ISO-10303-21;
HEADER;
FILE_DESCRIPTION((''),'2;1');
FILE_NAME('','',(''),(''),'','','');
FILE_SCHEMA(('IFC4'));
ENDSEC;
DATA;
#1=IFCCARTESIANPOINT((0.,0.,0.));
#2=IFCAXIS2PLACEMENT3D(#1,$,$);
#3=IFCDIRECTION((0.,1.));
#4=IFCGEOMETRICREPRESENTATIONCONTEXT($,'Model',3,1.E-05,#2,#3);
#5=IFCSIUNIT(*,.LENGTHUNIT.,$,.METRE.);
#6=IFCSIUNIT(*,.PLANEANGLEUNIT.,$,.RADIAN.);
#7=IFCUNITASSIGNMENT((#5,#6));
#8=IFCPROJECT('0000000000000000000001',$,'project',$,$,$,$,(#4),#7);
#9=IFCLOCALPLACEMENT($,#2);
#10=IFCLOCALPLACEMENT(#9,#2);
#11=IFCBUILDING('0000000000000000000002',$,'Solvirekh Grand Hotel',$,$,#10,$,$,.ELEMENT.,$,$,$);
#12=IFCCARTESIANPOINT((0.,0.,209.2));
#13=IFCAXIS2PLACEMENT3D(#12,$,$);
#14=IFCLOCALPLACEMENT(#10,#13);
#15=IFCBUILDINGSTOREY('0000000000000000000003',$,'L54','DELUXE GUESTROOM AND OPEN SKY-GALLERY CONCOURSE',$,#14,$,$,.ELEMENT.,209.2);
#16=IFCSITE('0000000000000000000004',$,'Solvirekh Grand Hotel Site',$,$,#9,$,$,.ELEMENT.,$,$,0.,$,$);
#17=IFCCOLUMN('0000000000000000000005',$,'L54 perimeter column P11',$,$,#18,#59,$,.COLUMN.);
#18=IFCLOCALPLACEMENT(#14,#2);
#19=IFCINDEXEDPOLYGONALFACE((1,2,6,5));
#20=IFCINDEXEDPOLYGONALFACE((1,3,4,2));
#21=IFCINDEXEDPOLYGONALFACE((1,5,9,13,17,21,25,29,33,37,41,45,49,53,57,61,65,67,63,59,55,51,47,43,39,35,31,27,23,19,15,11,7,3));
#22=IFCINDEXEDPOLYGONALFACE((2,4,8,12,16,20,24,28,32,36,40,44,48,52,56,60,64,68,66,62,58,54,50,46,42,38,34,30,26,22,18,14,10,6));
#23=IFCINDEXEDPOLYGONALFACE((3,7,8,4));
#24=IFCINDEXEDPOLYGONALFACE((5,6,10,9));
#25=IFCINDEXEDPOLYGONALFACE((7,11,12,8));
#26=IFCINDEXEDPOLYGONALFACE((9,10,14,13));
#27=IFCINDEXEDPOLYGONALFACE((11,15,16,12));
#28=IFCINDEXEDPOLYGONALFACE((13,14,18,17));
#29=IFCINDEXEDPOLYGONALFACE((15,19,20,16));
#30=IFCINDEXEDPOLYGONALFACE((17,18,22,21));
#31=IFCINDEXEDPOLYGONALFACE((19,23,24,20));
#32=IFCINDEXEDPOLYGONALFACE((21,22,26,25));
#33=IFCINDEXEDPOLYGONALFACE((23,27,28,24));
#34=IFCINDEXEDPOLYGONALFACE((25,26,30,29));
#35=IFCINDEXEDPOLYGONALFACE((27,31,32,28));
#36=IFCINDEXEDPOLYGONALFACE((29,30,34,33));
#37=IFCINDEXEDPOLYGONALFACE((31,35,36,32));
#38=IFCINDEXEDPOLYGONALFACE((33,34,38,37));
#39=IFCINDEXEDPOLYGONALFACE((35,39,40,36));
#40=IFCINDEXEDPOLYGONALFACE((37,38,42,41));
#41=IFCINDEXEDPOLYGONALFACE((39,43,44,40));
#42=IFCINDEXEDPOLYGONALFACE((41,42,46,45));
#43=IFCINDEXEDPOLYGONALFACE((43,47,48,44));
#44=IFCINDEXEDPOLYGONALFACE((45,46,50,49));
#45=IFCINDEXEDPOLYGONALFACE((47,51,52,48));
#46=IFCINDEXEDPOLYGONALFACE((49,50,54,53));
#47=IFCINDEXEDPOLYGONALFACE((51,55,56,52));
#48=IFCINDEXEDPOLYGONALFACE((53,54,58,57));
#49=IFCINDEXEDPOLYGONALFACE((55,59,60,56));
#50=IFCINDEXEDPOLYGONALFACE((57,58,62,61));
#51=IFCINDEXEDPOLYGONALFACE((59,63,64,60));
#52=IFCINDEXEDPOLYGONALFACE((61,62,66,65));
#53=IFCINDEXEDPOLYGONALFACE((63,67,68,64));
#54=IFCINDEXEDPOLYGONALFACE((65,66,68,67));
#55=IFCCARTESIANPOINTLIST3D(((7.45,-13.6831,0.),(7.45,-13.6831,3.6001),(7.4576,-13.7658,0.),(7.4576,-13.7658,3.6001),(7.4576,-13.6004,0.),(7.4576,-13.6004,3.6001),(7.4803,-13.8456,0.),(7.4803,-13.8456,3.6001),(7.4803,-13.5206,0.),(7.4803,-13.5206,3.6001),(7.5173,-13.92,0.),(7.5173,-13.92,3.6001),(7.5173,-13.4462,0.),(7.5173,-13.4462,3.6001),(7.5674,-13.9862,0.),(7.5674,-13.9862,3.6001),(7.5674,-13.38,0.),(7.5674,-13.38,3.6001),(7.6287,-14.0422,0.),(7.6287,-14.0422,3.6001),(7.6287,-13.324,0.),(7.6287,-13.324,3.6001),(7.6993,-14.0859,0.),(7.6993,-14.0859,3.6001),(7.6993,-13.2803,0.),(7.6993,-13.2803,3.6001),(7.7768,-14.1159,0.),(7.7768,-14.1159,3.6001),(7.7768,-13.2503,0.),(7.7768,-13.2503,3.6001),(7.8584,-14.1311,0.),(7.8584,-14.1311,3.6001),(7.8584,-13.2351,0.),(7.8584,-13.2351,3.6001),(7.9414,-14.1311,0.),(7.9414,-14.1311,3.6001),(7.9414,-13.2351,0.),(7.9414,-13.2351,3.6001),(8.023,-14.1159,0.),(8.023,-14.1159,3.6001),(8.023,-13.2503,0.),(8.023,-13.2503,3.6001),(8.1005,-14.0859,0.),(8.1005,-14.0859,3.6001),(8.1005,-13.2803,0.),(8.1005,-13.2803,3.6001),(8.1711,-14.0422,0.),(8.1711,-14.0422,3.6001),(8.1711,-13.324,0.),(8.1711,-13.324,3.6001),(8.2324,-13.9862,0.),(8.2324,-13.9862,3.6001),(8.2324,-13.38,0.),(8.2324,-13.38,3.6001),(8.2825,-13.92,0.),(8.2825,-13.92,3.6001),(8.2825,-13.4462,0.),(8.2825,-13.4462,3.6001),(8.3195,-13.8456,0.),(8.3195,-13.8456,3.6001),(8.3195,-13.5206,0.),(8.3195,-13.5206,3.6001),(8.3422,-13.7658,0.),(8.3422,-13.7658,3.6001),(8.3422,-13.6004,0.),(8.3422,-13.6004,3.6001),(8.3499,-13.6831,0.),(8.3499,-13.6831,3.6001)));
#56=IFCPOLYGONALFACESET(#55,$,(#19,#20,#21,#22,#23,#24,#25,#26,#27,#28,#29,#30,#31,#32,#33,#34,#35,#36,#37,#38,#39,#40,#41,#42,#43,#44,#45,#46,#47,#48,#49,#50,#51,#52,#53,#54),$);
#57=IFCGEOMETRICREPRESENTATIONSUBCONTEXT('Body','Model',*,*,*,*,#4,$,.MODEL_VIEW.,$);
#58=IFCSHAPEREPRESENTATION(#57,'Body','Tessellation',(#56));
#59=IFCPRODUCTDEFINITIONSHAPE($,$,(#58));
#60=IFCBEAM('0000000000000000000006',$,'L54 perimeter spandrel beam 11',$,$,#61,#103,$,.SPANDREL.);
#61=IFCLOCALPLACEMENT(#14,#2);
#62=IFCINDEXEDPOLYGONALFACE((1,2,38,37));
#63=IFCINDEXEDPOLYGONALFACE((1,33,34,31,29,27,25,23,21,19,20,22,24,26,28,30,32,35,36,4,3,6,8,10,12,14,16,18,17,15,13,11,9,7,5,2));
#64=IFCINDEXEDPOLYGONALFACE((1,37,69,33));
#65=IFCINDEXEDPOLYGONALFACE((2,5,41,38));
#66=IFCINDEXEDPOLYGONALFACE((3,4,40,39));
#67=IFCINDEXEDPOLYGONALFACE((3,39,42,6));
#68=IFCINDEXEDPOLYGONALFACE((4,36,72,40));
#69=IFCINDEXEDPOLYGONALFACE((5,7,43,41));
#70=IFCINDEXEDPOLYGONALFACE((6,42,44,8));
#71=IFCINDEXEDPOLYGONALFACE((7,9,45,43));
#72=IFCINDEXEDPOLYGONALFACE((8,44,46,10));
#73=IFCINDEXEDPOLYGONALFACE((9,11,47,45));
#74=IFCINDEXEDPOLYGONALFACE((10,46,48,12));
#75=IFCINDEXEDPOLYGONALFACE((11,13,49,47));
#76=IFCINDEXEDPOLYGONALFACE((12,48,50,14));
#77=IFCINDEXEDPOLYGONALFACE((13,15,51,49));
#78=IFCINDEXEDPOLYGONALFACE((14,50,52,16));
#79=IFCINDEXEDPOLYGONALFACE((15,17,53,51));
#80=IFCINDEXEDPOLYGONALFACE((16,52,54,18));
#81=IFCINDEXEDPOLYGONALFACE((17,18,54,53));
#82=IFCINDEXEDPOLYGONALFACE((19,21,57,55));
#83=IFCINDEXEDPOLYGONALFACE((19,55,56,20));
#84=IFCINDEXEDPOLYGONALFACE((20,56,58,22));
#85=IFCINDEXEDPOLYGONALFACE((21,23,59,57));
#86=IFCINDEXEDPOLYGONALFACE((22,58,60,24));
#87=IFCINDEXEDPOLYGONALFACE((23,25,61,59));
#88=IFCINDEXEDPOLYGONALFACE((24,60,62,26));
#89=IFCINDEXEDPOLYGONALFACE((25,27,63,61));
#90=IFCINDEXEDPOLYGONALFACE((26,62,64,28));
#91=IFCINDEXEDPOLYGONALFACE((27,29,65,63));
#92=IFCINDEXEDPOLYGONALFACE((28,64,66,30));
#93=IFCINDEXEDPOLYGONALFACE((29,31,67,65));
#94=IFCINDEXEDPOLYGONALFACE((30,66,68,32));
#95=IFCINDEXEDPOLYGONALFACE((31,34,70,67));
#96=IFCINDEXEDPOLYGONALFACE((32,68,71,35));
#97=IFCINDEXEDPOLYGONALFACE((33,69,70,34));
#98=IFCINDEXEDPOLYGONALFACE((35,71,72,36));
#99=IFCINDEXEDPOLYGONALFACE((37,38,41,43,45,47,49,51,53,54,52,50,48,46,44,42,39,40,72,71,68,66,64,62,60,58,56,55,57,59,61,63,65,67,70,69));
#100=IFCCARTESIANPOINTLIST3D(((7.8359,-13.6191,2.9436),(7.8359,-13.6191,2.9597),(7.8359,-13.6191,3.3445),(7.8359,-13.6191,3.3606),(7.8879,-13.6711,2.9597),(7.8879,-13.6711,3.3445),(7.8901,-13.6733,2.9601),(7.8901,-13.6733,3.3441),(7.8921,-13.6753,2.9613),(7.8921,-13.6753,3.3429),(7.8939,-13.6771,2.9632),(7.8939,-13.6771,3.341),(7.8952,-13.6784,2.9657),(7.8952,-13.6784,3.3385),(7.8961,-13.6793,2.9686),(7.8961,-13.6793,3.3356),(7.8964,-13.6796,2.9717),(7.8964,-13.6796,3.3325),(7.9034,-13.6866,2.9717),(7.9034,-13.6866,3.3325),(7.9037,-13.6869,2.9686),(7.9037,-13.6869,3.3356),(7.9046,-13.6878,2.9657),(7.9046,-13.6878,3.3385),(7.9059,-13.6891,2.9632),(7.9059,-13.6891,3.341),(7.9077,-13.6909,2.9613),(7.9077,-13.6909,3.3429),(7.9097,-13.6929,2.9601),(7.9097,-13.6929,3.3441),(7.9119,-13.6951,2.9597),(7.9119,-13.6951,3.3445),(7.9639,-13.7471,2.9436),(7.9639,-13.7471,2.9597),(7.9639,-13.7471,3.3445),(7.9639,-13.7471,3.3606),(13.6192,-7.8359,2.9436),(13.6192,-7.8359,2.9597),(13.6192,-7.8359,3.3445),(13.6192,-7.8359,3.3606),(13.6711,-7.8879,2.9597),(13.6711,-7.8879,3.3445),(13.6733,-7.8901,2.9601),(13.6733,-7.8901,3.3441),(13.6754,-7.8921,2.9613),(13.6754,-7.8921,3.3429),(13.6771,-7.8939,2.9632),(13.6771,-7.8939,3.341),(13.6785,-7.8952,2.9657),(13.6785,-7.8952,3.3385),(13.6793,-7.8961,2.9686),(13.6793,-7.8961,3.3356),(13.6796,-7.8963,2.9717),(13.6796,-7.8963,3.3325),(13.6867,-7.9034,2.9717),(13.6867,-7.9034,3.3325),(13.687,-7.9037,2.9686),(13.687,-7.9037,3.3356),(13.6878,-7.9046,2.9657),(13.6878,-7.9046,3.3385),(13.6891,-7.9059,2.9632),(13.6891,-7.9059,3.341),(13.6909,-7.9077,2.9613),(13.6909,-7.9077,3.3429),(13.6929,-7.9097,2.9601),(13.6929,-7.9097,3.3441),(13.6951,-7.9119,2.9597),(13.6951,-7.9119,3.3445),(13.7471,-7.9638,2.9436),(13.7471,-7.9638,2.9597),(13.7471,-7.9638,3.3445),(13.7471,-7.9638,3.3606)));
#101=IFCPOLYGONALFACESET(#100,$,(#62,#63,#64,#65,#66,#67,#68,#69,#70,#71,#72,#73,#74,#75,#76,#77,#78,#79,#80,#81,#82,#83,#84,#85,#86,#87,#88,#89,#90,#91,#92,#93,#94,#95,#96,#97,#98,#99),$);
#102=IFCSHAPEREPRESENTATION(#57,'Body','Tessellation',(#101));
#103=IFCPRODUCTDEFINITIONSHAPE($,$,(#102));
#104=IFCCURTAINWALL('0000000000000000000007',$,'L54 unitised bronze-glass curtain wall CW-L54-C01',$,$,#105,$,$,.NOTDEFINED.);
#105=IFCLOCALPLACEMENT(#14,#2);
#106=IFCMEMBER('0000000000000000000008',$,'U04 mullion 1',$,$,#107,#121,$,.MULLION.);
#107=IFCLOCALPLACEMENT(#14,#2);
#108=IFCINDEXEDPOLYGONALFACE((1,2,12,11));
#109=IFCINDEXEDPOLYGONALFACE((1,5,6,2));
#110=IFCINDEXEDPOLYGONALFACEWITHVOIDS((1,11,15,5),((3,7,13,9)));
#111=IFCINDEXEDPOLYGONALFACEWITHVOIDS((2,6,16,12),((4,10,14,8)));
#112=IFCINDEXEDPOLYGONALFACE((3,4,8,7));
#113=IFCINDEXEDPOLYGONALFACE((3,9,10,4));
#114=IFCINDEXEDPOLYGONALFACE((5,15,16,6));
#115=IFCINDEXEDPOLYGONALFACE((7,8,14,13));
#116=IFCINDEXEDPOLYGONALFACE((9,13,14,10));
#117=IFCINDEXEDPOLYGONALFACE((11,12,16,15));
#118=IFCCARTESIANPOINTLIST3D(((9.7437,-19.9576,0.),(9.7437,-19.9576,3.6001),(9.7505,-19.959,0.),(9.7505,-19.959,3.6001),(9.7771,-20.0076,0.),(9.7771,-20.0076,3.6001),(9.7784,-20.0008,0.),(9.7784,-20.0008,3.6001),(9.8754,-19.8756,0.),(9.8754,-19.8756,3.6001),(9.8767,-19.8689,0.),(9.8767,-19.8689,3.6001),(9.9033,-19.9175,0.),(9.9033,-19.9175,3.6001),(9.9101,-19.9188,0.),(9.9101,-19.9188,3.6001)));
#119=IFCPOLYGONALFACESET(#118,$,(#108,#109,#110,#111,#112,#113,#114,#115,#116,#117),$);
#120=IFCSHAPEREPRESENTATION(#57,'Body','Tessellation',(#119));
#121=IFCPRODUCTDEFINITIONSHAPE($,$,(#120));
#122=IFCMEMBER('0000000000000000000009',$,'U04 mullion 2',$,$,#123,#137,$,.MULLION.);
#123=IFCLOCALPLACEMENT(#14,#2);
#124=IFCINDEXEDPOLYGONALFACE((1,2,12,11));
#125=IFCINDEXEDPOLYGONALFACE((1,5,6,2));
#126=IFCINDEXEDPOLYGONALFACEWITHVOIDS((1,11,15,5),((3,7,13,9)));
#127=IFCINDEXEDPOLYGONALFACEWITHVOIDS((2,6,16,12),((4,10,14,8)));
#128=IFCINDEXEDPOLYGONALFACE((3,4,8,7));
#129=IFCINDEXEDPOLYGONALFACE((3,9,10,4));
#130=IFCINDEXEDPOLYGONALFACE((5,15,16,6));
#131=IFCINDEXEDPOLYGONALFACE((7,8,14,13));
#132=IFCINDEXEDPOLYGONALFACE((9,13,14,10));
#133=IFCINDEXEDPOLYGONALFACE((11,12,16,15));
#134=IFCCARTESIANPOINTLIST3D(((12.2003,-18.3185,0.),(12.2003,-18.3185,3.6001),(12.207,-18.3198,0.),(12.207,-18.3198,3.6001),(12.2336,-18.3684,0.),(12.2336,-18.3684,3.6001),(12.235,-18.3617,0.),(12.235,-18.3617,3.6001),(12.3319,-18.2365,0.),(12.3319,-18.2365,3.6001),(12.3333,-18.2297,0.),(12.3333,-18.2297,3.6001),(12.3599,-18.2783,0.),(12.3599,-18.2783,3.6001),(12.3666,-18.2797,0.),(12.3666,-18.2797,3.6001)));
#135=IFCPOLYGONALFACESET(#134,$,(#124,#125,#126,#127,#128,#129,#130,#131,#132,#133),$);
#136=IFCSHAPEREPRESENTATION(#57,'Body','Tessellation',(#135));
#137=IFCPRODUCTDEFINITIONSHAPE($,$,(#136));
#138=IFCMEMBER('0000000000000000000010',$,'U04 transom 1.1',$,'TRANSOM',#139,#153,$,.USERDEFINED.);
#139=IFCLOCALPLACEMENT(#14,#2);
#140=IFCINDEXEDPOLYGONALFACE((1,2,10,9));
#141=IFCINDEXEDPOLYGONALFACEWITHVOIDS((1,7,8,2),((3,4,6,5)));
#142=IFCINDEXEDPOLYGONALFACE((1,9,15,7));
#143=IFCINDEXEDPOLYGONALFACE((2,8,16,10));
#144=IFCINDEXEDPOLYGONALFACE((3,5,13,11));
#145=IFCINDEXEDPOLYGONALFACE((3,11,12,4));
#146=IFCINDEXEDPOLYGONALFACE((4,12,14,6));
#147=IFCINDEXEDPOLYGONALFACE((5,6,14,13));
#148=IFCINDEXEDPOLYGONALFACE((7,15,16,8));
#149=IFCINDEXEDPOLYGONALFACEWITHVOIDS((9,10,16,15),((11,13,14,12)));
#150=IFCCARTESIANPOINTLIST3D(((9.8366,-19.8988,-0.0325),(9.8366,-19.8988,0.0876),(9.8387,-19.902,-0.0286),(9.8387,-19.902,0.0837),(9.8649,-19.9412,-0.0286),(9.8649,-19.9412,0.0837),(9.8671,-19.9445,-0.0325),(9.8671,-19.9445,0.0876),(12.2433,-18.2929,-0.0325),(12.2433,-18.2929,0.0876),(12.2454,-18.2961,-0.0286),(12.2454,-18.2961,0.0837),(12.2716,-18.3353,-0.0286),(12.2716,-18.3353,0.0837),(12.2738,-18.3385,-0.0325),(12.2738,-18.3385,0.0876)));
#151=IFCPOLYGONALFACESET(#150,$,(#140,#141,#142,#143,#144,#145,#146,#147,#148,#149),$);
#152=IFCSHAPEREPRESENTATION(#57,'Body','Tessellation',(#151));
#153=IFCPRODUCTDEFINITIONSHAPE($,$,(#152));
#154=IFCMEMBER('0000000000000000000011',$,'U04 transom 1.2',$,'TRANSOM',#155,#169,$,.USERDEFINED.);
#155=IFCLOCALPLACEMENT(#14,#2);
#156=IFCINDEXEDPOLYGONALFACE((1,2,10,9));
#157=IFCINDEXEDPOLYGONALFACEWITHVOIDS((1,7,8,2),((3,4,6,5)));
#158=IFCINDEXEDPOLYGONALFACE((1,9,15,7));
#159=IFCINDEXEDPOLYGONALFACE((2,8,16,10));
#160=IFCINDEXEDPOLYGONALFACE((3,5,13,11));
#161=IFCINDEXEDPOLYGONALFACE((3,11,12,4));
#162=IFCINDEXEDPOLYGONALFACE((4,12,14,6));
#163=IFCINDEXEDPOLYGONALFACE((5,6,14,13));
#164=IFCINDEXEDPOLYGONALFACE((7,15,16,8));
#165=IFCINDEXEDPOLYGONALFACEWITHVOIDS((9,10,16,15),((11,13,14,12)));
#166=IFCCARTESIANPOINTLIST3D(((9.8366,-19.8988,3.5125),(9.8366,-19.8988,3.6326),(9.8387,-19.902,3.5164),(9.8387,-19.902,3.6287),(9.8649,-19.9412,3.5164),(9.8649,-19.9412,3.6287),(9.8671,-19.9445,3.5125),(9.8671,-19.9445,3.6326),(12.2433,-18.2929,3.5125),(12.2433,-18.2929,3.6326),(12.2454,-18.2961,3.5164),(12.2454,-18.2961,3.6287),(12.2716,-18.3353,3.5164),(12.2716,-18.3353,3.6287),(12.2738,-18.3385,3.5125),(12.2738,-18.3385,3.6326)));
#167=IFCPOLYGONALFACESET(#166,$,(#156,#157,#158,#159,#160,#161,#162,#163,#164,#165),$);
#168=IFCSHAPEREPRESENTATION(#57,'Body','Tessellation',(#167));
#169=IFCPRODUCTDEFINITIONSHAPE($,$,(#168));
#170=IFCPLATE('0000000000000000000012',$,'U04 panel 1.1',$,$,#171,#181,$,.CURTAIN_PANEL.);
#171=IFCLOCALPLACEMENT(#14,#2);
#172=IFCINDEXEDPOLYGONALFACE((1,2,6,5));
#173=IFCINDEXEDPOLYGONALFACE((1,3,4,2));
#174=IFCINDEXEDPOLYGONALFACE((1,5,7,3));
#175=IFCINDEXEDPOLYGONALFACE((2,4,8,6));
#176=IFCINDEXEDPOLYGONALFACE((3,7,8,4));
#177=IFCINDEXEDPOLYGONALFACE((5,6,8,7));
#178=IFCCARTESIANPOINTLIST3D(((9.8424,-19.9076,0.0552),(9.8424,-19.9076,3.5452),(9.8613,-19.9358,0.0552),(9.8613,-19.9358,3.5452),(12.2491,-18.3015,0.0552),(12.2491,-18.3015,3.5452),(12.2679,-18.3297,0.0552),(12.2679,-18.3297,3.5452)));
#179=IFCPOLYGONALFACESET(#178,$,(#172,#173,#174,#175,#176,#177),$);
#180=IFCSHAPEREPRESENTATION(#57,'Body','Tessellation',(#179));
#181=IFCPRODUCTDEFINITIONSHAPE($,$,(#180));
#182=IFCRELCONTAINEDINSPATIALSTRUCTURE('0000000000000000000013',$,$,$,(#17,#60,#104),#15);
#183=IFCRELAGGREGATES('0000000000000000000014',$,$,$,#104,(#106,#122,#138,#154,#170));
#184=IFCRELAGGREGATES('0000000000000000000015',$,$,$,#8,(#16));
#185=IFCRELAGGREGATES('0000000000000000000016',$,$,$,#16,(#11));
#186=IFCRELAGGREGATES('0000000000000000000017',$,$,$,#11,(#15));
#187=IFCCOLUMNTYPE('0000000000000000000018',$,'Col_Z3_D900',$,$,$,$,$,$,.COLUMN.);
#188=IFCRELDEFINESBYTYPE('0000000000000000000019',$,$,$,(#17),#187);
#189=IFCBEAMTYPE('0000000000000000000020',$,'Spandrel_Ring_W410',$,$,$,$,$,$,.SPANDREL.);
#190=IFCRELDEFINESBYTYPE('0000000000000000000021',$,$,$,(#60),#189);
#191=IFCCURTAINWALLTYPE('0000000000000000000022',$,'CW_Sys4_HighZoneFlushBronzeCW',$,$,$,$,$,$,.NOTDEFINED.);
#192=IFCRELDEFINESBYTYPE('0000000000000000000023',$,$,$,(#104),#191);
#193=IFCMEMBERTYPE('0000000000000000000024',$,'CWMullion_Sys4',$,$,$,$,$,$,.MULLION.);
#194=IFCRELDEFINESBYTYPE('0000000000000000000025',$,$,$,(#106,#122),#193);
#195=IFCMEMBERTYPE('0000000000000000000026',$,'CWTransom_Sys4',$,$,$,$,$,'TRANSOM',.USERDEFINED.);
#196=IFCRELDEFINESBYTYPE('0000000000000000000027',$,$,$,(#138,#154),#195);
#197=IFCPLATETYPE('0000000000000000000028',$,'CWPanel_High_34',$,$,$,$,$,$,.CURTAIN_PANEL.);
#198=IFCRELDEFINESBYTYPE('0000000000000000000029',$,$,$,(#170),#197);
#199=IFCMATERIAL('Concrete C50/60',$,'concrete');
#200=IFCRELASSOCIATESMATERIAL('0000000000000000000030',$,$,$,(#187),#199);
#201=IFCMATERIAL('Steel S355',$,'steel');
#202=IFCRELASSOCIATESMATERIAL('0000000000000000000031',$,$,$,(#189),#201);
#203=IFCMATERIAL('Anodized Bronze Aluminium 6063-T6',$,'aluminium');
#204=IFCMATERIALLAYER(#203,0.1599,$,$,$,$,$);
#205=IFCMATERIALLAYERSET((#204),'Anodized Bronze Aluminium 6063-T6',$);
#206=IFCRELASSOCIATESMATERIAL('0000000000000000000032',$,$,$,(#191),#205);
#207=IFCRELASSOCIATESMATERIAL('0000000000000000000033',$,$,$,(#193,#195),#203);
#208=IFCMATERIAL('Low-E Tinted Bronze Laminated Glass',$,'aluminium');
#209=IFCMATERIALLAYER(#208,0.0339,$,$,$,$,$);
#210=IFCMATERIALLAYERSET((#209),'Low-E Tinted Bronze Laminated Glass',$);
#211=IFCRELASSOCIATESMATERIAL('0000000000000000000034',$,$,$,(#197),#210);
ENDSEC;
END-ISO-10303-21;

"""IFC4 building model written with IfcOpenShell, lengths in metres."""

from ifc_helpers import new_model, si_unit, direction, frame, origin, origin_2d, place, context, subcontext, project, spatial, rectangle, hollow_rectangle, circle, i_section, extrude, source, transform, mapped, material, layer, layer_set, material_profile, profile_set, type_object, element, aggregate, save


model = new_model("IFC4")

# Units and contexts
model_context = context("Model", 3, precision=1e-05, world=origin(), true_north=direction((0.0, 1.0)))
body_context = subcontext(model_context, "Body", "Model", "MODEL_VIEW")
ifc_project = project(units=[si_unit("LENGTHUNIT", "METRE"), si_unit("PLANEANGLEUNIT", "RADIAN")], contexts=[model_context])

# Site, building, storey
site_placement = place(None, origin())
site = spatial("IfcSite", under=ifc_project, at=site_placement, Name="Solvirekh Grand Hotel Site", CompositionType="ELEMENT", RefElevation=0.0)
building_placement = place(site_placement, origin())
building = spatial("IfcBuilding", under=site, at=building_placement, Name="Solvirekh Grand Hotel", CompositionType="ELEMENT")
storey_placement = place(building_placement, frame((0.0, 0.0, 209.2)))
storey = spatial("IfcBuildingStorey", under=building, at=storey_placement, Name="L54", Description="DELUXE GUESTROOM AND OPEN SKY-GALLERY CONCOURSE", CompositionType="ELEMENT", Elevation=209.2)

# Column
ifc_material_1 = material(Name="Concrete C50/60", Category="concrete")
ifc_material_profile_1 = material_profile(ifc_material_1, circle(Radius=0.45, at=origin_2d()), Name="RC CIRC D900")
ifc_profile_set_1 = profile_set([ifc_material_profile_1], Name="Concrete C50/60")
column_type = type_object("IfcColumnType", Name="Col_Z3_D900", PredefinedType="COLUMN", material=ifc_profile_set_1)
column_placement = place(storey_placement, frame((7.8999, -13.6831, 0.0), z_axis=(0.0, 0.0, 1.0), x_axis=(1.0, 0.0, 0.0)))
element("IfcColumn", 1, at=column_placement, inside=storey, type_object=column_type, Name="L54 perimeter column P11", PredefinedType="COLUMN", context=body_context, shape_type="SweptSolid", body=[
    extrude(circle(Radius=0.45, at=origin_2d()), origin(), (0.0, 0.0, 1.0), 3.6001),
])

# Beam
ifc_material_2 = material(Name="Steel S355", Category="steel")
ifc_material_profile_2 = material_profile(ifc_material_2, i_section(OverallWidth=0.1809, OverallDepth=0.417, WebThickness=0.01, FlangeThickness=0.0161, FilletRadius=0.012, at=origin_2d()), Name="W410X85")
ifc_profile_set_2 = profile_set([ifc_material_profile_2], Name="Steel S355")
beam_type = type_object("IfcBeamType", Name="Spandrel_Ring_W410", PredefinedType="SPANDREL", material=ifc_profile_set_2)
beam_placement = place(storey_placement, frame((7.8999, -13.6831, 3.1521), z_axis=(0.707107, 0.707107, 0.0), x_axis=(-0.707107, 0.707107, 0.0)))
element("IfcBeam", 2, at=beam_placement, inside=storey, type_object=beam_type, Name="L54 perimeter spandrel beam 11", PredefinedType="SPANDREL", context=body_context, shape_type="SweptSolid", body=[
    extrude(i_section(OverallWidth=0.1809, OverallDepth=0.417, WebThickness=0.01, FlangeThickness=0.0161, FilletRadius=0.012, at=origin_2d()), origin(), (0.0, 0.0, 1.0), 8.1787),
])

# Curtain wall, members, plate
ifc_material_3 = material(Name="Anodized Bronze Aluminium 6063-T6", Category="aluminium")
ifc_layer_1 = layer(ifc_material_3, 0.1599)
ifc_layer_set_1 = layer_set([ifc_layer_1], Name="Anodized Bronze Aluminium 6063-T6")
curtain_wall_type = type_object("IfcCurtainWallType", Name="CW_Sys4_HighZoneFlushBronzeCW", PredefinedType="NOTDEFINED", material=ifc_layer_set_1)
curtain_wall_placement = place(storey_placement, origin())
curtain_wall = element("IfcCurtainWall", 3, at=curtain_wall_placement, inside=storey, type_object=curtain_wall_type, Name="L54 unitised bronze-glass curtain wall CW-L54-C01", PredefinedType="NOTDEFINED")
ifc_material_profile_3 = material_profile(ifc_material_3, hollow_rectangle(XDim=0.0601, YDim=0.1599, WallThickness=0.0049, at=origin_2d()), Name="ALU RHS 160X60X5")
ifc_profile_set_3 = profile_set([ifc_material_profile_3], Name="Anodized Bronze Aluminium 6063-T6")
member_type_1 = type_object("IfcMemberType", Name="CWMullion_Sys4", PredefinedType="MULLION", material=ifc_profile_set_3)
shared_shape_1 = source(origin(), body_context, "Body", "SweptSolid", [
    extrude(hollow_rectangle(XDim=0.0601, YDim=0.1599, WallThickness=0.0049, at=origin_2d()), origin(), (0.0, 0.0, 1.0), 3.6001),
])
member_1_placement = place(storey_placement, frame((9.8269, -19.9382, 0.0), z_axis=(0.0, 0.0, 1.0), x_axis=(-0.555087, 0.831792, 0.0)))
member_1 = element("IfcMember", 4, at=member_1_placement, type_object=member_type_1, Name="U04 mullion 1", PredefinedType="MULLION", context=body_context, shape_type="MappedRepresentation", body=[
    mapped(shared_shape_1, transform((0.0, 0.0, 0.0), x_axis=(1.0, 0.0, 0.0), y_axis=(0.0, 1.0, 0.0), z_axis=(0.0, 0.0, 1.0), scale=1.0)),
])
member_2_placement = place(storey_placement, frame((12.2834, -18.2991, 0.0), z_axis=(0.0, 0.0, 1.0), x_axis=(-0.555087, 0.831792, 0.0)))
member_2 = element("IfcMember", 5, at=member_2_placement, type_object=member_type_1, Name="U04 mullion 2", PredefinedType="MULLION", context=body_context, shape_type="MappedRepresentation", body=[
    mapped(shared_shape_1, transform((0.0, 0.0, 0.0), x_axis=(1.0, 0.0, 0.0), y_axis=(0.0, 1.0, 0.0), z_axis=(0.0, 0.0, 1.0), scale=1.0)),
])
ifc_material_profile_4 = material_profile(ifc_material_3, hollow_rectangle(XDim=0.0549, YDim=0.1201, WallThickness=0.0039, at=origin_2d()), Name="ALU RHS 120X55X4")
ifc_profile_set_4 = profile_set([ifc_material_profile_4], Name="Anodized Bronze Aluminium 6063-T6")
member_type_2 = type_object("IfcMemberType", Name="CWTransom_Sys4", ElementType="TRANSOM", PredefinedType="USERDEFINED", material=ifc_profile_set_4)
shared_shape_2 = source(origin(), body_context, "Body", "SweptSolid", [
    extrude(hollow_rectangle(XDim=0.0549, YDim=0.1201, WallThickness=0.0039, at=origin_2d()), origin(), (0.0, 0.0, 1.0), 2.8933),
])
member_3_placement = place(storey_placement, frame((9.8518, -19.9216, 0.0276), z_axis=(0.831817, 0.555051, 0.0), x_axis=(-0.555051, 0.831817, 0.0)))
member_3 = element("IfcMember", 6, at=member_3_placement, type_object=member_type_2, Name="U04 transom 1.1", ObjectType="TRANSOM", PredefinedType="USERDEFINED", context=body_context, shape_type="MappedRepresentation", body=[
    mapped(shared_shape_2, transform((0.0, 0.0, 0.0), x_axis=(1.0, 0.0, 0.0), y_axis=(0.0, 1.0, 0.0), z_axis=(0.0, 0.0, 1.0), scale=1.0)),
])
member_4_placement = place(storey_placement, frame((9.8518, -19.9216, 3.5725), z_axis=(0.831817, 0.555051, 0.0), x_axis=(-0.555051, 0.831817, 0.0)))
member_4 = element("IfcMember", 7, at=member_4_placement, type_object=member_type_2, Name="U04 transom 1.2", ObjectType="TRANSOM", PredefinedType="USERDEFINED", context=body_context, shape_type="MappedRepresentation", body=[
    mapped(shared_shape_2, transform((0.0, 0.0, 0.0), x_axis=(1.0, 0.0, 0.0), y_axis=(0.0, 1.0, 0.0), z_axis=(0.0, 0.0, 1.0), scale=1.0)),
])
ifc_material_4 = material(Name="Low-E Tinted Bronze Laminated Glass", Category="aluminium")
ifc_layer_2 = layer(ifc_material_4, 0.0339)
ifc_layer_set_2 = layer_set([ifc_layer_2], Name="Low-E Tinted Bronze Laminated Glass")
plate_type = type_object("IfcPlateType", Name="CWPanel_High_34", PredefinedType="CURTAIN_PANEL", material=ifc_layer_set_2)
shared_shape_3 = source(origin(), body_context, "Body", "SweptSolid", [
    extrude(rectangle(XDim=2.8933, YDim=0.0339, at=origin_2d()), origin(), (0.0, 0.0, 1.0), 3.49),
])
plate_placement = place(storey_placement, frame((11.0552, -19.1187, 0.0552), z_axis=(0.0, 0.0, 1.0), x_axis=(0.831792, 0.555087, 0.0)))
plate = element("IfcPlate", 8, at=plate_placement, type_object=plate_type, Name="U04 panel 1.1", PredefinedType="CURTAIN_PANEL", context=body_context, shape_type="MappedRepresentation", body=[
    mapped(shared_shape_3, transform((0.0, 0.0, 0.0), x_axis=(1.0, 0.0, 0.0), y_axis=(0.0, 1.0, 0.0), z_axis=(0.0, 0.0, 1.0), scale=1.0)),
])
aggregate(curtain_wall, [member_1, member_2, member_3, member_4, plate])

save(model, "model.ifc")
